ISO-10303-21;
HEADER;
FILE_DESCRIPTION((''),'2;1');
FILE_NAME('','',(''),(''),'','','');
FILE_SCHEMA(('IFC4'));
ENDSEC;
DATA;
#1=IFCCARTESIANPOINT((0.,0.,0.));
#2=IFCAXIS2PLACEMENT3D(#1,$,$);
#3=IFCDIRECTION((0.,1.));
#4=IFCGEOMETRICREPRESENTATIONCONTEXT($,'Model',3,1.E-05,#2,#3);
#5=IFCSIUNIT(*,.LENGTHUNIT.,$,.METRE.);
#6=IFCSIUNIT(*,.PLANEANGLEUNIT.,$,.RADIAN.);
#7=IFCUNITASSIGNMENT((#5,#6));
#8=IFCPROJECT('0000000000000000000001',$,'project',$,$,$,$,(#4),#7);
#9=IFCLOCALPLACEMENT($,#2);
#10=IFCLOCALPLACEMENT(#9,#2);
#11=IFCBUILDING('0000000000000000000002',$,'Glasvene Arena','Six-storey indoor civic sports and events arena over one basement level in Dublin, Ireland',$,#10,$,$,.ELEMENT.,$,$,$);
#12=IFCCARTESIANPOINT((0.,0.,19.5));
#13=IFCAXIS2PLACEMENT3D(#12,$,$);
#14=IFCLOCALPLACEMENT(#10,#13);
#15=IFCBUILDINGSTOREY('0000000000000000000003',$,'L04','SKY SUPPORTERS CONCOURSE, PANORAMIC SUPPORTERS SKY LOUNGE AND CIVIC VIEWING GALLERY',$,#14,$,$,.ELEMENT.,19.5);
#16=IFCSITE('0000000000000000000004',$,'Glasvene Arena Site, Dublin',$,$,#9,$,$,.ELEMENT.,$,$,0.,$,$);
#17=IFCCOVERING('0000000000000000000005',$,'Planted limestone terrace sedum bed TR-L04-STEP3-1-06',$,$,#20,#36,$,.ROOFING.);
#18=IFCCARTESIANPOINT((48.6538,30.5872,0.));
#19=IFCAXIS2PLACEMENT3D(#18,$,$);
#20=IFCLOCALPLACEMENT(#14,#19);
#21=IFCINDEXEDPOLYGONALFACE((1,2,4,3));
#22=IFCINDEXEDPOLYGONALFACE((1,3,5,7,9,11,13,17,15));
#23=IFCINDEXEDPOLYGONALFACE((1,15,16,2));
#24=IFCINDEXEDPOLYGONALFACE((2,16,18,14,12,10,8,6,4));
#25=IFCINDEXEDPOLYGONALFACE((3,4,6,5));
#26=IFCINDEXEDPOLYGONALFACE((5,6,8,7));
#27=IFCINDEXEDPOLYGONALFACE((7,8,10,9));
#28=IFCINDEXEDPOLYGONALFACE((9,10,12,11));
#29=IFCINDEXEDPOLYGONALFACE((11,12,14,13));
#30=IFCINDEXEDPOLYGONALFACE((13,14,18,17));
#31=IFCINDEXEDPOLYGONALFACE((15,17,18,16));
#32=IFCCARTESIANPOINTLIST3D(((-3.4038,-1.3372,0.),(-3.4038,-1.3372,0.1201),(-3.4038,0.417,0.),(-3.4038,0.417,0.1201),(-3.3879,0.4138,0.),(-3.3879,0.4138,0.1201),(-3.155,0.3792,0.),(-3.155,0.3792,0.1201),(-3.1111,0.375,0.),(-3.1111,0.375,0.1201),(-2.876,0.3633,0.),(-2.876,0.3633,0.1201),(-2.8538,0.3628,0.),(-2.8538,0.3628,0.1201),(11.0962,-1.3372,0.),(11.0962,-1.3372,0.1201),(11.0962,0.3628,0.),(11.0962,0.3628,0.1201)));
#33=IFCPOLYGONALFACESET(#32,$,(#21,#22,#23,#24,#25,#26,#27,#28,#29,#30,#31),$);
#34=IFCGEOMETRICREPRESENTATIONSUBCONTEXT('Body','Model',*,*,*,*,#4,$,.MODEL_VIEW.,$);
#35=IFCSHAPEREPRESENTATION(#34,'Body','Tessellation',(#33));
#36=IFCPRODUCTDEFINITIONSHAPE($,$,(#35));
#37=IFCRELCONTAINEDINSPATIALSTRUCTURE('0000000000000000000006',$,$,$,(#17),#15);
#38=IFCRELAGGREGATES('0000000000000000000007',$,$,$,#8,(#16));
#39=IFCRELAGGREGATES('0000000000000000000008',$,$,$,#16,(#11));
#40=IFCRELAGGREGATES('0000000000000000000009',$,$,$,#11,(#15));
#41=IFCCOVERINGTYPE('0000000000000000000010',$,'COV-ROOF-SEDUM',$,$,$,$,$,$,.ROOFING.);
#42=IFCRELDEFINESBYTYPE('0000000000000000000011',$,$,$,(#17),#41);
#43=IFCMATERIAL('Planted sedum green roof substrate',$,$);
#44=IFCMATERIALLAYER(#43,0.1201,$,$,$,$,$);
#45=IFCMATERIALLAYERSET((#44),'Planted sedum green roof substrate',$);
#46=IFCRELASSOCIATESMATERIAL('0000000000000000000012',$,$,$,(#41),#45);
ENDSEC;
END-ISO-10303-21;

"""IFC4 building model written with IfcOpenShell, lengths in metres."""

from ifc_helpers import new_model, si_unit, direction, frame, origin, place, context, subcontext, project, spatial, polyline, outline, extrude, material, layer, layer_set, type_object, element, save


model = new_model("IFC4")

# Units and contexts
model_context = context("Model", 3, precision=1e-05, world=origin(), true_north=direction((0.0, 1.0)))
body_context = subcontext(model_context, "Body", "Model", "MODEL_VIEW")
ifc_project = project(units=[si_unit("LENGTHUNIT", "METRE"), si_unit("PLANEANGLEUNIT", "RADIAN")], contexts=[model_context])

# Site, building, storey
site_placement = place(None, origin())
site = spatial("IfcSite", under=ifc_project, at=site_placement, Name="Glasvene Arena Site, Dublin", CompositionType="ELEMENT", RefElevation=0.0)
building_placement = place(site_placement, origin())
building = spatial("IfcBuilding", under=site, at=building_placement, Name="Glasvene Arena", Description="Six-storey indoor civic sports and events arena over one basement level in Dublin, Ireland", CompositionType="ELEMENT")
storey_placement = place(building_placement, frame((0.0, 0.0, 19.5)))
storey = spatial("IfcBuildingStorey", under=building, at=storey_placement, Name="L04", Description="SKY SUPPORTERS CONCOURSE, PANORAMIC SUPPORTERS SKY LOUNGE AND CIVIC VIEWING GALLERY", CompositionType="ELEMENT", Elevation=19.5)

# Covering
ifc_material_1 = material(Name="Planted sedum green roof substrate")
ifc_layer_1 = layer(ifc_material_1, 0.1201)
ifc_layer_set_1 = layer_set([ifc_layer_1], Name="Planted sedum green roof substrate")
covering_type = type_object("IfcCoveringType", Name="COV-ROOF-SEDUM", PredefinedType="ROOFING", material=ifc_layer_set_1)
covering_placement = place(storey_placement, frame((48.6538, 30.5872, 0.0)))
element("IfcCovering", 1, at=covering_placement, inside=storey, type_object=covering_type, Name="Planted limestone terrace sedum bed TR-L04-STEP3-1-06", PredefinedType="ROOFING", context=body_context, shape_type="SweptSolid", body=[
    extrude(outline(polyline([(-3.4038, -1.3372), (-3.4038, 0.417), (-3.3879, 0.4138), (-3.155, 0.3792), (-3.1111, 0.375), (-2.876, 0.3633), (-2.8538, 0.3628), (11.0962, 0.3628), (11.0962, -1.3372), (-3.4038, -1.3372)])), origin(), (0.0, 0.0, 1.0), 0.1201),
])

save(model, "model.ifc")
